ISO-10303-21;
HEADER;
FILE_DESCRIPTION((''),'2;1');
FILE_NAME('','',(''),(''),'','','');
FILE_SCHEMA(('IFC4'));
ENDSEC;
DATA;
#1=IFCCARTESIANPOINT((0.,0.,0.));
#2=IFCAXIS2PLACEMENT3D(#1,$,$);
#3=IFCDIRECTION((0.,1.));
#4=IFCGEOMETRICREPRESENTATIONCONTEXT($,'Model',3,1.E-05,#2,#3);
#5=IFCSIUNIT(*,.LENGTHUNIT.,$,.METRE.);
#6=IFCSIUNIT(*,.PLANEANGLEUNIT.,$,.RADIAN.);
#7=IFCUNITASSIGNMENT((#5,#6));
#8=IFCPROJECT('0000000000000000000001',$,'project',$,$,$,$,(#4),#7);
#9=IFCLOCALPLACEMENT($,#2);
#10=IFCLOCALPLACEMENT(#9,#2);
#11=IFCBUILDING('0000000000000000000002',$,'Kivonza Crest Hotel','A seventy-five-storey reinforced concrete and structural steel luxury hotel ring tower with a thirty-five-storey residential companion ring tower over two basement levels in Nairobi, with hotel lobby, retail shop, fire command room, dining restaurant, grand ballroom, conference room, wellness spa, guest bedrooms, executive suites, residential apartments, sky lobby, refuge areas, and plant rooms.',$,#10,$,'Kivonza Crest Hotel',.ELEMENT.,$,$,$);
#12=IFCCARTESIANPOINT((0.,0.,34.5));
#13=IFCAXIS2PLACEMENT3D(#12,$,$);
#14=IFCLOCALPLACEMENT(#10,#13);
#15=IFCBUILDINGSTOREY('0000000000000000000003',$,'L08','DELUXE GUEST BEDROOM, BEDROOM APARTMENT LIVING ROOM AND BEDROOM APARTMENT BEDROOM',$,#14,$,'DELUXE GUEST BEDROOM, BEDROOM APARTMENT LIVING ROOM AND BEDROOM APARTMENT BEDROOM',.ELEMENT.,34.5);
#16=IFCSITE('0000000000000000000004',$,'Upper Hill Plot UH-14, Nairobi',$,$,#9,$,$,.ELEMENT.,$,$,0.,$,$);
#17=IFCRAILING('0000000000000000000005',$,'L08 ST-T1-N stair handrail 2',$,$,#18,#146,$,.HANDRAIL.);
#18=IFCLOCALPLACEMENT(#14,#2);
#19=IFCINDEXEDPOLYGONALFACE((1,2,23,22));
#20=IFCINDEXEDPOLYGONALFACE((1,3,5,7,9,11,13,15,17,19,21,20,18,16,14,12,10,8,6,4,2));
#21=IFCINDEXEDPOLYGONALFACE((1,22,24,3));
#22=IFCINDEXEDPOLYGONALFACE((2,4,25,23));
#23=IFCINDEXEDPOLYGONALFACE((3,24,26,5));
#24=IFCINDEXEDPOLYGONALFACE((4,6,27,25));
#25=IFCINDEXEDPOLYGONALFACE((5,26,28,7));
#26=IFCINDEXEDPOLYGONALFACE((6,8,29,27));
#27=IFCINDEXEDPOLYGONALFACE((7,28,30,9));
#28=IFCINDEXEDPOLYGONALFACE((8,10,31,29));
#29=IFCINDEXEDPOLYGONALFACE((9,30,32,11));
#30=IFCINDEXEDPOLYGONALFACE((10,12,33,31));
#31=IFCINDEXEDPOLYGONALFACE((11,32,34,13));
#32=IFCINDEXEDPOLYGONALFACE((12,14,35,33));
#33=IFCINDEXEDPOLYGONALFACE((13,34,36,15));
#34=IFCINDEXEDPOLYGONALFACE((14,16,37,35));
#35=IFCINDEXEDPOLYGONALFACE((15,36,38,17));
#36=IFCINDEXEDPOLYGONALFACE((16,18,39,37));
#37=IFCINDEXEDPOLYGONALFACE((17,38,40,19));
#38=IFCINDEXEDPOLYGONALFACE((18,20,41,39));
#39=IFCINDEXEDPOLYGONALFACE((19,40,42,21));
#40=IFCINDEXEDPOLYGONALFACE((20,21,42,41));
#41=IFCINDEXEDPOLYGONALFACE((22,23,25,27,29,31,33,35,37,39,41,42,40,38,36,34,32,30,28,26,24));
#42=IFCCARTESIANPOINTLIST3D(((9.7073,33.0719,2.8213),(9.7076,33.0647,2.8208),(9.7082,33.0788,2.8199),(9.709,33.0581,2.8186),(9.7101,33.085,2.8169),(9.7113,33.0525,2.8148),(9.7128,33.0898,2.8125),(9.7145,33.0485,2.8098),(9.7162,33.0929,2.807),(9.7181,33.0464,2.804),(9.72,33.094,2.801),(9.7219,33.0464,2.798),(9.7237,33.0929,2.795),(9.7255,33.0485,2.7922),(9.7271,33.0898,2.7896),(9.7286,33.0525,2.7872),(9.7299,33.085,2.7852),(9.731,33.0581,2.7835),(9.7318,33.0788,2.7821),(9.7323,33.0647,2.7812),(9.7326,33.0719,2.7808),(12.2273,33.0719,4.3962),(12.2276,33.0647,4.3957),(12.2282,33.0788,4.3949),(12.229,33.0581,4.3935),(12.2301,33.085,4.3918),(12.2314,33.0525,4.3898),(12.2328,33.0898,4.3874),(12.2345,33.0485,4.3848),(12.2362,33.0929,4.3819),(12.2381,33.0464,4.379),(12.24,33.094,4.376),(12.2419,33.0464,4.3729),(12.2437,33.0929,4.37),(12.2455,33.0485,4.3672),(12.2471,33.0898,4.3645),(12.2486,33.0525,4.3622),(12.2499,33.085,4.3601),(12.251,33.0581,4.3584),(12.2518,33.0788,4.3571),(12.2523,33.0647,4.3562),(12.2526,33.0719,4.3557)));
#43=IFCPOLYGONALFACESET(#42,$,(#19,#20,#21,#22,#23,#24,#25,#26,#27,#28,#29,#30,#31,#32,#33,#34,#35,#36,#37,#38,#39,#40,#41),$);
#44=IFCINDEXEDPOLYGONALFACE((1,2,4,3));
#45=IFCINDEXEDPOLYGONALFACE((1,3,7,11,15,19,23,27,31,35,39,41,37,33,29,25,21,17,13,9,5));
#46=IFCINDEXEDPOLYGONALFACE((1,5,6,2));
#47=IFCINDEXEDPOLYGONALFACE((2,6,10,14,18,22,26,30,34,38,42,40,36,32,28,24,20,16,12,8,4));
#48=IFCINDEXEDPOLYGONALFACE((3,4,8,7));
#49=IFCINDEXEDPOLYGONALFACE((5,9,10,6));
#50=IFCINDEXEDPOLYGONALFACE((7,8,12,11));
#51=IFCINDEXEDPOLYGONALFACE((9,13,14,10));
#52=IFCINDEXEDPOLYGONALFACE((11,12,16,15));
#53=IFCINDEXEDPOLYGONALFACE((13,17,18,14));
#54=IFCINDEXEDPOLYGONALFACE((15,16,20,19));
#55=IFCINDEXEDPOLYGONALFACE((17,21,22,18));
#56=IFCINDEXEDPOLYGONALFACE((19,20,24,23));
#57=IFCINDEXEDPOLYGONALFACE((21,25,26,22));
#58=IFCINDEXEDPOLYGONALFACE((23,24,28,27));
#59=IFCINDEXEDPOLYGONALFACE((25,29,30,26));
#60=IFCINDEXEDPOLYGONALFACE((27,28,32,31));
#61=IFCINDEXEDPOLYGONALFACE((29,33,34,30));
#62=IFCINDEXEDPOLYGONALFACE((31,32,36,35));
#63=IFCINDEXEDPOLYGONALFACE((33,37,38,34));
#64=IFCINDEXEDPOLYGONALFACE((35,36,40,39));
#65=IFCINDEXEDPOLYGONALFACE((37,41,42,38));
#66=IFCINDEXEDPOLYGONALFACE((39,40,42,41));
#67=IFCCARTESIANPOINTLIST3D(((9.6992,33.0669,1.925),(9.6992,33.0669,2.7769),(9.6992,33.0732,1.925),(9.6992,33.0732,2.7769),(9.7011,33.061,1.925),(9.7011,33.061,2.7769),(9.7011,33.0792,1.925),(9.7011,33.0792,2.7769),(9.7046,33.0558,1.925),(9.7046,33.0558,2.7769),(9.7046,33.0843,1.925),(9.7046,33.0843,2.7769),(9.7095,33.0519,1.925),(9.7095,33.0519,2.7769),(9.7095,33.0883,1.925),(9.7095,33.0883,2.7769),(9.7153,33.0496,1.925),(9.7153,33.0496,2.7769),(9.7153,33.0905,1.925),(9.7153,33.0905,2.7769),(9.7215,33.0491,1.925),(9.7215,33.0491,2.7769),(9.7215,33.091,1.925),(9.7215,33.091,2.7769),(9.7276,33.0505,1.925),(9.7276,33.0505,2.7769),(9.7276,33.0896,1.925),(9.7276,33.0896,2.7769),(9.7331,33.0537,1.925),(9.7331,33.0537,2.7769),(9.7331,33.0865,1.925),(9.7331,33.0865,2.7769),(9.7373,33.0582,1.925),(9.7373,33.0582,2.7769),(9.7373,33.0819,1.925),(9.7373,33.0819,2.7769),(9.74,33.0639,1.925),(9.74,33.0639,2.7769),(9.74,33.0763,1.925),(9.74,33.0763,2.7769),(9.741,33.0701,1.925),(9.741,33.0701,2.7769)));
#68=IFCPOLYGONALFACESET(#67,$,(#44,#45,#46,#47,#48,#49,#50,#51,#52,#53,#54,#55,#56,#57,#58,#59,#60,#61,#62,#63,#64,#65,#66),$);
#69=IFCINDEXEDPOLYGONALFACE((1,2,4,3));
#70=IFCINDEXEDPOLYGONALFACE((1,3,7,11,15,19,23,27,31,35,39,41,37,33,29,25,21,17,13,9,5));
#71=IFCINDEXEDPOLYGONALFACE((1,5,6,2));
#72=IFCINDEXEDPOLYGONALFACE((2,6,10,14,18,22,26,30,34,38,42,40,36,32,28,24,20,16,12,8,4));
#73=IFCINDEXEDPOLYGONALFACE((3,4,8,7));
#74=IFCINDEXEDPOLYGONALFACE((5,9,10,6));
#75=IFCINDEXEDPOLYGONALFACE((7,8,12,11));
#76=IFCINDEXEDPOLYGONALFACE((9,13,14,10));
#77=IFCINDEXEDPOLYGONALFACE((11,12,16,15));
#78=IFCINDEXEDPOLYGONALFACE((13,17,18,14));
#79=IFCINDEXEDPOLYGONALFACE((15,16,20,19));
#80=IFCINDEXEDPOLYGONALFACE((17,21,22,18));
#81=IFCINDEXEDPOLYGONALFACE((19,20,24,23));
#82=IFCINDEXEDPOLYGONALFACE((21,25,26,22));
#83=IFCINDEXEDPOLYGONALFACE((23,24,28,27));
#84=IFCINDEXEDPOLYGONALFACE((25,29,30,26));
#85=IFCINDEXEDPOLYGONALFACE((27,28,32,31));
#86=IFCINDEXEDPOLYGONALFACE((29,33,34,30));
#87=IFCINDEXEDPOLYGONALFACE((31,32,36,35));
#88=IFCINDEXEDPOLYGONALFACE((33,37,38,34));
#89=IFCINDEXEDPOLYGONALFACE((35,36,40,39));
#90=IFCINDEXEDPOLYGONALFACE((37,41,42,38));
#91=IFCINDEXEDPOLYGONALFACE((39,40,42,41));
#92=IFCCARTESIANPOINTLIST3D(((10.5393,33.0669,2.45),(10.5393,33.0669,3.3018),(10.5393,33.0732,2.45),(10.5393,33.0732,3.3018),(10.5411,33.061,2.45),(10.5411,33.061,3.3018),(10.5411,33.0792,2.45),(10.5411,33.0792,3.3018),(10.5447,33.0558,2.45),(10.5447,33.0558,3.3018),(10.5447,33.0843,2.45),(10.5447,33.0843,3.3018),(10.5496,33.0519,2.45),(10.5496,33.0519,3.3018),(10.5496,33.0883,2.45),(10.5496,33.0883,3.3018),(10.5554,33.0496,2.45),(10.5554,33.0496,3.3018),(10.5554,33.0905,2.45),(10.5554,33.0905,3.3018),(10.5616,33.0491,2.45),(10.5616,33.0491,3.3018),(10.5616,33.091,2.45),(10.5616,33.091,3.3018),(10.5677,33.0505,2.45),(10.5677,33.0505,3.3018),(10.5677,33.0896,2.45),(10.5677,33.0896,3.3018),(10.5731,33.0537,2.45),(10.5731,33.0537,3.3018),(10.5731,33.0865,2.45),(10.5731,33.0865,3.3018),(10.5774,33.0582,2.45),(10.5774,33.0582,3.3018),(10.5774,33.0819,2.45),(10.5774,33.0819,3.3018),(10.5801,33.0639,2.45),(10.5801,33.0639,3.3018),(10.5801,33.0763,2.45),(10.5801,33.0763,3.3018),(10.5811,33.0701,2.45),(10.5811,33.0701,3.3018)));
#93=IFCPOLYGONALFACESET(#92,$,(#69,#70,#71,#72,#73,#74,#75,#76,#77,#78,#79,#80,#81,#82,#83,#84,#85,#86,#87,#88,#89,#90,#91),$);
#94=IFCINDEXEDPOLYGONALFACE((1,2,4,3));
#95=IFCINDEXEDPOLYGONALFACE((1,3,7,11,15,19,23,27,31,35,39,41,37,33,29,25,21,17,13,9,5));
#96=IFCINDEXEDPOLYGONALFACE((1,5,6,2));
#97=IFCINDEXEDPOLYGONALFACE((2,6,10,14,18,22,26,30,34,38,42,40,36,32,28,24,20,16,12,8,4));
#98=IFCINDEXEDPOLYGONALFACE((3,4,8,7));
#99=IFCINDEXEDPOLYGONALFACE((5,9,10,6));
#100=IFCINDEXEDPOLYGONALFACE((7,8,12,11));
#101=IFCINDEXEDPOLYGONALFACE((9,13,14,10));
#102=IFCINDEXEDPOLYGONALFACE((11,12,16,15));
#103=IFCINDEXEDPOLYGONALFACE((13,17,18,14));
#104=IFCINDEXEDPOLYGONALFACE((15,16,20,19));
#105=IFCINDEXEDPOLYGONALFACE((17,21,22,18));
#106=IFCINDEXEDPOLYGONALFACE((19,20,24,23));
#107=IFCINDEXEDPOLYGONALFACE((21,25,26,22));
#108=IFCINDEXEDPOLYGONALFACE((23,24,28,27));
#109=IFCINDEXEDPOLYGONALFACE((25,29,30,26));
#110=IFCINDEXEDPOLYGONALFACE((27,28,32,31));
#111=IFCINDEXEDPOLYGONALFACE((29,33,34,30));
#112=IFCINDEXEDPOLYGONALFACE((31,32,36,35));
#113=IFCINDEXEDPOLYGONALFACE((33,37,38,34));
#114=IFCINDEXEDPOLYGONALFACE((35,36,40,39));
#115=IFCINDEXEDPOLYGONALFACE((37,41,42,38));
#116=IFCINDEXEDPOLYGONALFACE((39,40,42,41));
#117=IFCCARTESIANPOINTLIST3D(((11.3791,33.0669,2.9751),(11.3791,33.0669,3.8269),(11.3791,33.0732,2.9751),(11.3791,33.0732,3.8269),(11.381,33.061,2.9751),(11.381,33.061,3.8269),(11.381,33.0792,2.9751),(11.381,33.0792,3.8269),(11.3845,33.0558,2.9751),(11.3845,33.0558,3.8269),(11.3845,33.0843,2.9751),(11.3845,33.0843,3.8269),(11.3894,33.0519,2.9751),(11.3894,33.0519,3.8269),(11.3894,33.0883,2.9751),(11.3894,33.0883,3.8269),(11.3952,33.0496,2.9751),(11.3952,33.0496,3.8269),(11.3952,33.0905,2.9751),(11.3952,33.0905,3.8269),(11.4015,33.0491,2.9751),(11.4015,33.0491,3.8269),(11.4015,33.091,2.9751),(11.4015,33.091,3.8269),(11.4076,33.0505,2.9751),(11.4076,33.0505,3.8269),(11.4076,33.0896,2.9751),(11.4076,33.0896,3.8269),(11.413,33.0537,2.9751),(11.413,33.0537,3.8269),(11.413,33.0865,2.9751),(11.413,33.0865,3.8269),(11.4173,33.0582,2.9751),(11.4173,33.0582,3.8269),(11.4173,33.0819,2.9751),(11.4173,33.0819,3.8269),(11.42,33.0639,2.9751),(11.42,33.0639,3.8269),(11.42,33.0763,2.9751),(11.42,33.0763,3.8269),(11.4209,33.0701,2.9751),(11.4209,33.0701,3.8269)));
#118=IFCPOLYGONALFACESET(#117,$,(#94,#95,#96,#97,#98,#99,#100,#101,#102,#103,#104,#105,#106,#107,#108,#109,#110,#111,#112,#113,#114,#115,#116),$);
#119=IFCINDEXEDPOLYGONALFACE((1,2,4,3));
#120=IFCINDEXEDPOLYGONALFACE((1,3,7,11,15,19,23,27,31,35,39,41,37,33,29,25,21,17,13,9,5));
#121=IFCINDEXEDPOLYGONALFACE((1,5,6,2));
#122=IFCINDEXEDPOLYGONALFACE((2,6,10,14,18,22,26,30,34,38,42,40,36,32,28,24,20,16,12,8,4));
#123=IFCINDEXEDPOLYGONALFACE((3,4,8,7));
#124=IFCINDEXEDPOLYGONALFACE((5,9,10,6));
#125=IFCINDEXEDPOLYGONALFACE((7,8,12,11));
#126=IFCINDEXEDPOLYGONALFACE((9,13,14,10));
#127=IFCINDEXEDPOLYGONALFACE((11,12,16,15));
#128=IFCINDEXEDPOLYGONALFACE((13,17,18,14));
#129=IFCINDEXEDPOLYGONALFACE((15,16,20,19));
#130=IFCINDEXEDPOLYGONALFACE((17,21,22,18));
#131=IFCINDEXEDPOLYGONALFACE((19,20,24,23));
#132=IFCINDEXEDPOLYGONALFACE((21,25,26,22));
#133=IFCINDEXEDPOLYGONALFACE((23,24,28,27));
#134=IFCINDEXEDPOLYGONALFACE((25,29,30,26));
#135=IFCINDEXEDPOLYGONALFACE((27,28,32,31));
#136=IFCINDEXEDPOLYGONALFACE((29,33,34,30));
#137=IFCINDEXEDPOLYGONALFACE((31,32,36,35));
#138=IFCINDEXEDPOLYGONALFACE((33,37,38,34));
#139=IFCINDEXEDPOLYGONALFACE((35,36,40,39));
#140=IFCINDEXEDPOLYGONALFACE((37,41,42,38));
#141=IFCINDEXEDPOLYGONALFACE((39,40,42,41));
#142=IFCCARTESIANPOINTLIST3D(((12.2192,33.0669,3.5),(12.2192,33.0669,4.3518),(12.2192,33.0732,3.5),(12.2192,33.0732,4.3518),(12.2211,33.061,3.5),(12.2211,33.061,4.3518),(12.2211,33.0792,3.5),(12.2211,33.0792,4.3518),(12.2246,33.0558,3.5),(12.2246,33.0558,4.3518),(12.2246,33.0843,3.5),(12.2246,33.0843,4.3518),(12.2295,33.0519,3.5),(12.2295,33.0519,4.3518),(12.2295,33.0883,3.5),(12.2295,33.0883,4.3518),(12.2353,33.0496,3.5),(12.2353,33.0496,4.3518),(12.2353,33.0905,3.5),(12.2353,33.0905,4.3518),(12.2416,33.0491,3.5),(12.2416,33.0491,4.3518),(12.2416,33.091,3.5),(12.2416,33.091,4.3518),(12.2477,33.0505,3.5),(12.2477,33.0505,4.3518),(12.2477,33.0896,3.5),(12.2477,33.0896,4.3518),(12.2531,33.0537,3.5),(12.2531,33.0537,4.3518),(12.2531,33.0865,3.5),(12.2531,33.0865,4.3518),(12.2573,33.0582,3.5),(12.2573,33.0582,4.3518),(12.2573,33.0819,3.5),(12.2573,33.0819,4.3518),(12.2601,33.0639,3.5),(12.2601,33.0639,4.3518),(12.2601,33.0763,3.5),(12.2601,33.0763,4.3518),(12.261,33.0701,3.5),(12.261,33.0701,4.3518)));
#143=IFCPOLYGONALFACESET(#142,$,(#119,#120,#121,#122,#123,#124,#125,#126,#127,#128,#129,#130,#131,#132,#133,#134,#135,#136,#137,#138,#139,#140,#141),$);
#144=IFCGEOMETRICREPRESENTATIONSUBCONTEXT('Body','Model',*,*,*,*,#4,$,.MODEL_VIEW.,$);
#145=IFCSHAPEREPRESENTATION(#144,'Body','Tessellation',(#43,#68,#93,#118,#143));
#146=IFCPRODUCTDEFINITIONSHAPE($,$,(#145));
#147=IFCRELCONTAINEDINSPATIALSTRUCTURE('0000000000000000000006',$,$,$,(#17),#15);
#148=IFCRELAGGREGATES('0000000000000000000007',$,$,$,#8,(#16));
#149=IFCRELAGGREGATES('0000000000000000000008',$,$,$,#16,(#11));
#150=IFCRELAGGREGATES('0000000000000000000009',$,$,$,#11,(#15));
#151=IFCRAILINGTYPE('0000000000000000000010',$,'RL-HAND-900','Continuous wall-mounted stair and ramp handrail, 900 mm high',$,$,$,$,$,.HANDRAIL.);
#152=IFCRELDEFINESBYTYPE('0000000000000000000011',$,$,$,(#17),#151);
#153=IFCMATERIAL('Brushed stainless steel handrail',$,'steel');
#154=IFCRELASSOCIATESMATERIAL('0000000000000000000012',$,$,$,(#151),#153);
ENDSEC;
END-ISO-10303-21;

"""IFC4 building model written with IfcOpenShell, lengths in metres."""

from ifc_helpers import new_model, si_unit, direction, frame, origin, origin_2d, place, context, subcontext, project, spatial, circle, extrude, material, type_object, element, save


model = new_model("IFC4")

# Units and contexts
model_context = context("Model", 3, precision=1e-05, world=origin(), true_north=direction((0.0, 1.0)))
body_context = subcontext(model_context, "Body", "Model", "MODEL_VIEW")
ifc_project = project(units=[si_unit("LENGTHUNIT", "METRE"), si_unit("PLANEANGLEUNIT", "RADIAN")], contexts=[model_context])

# Site, building, storey
site_placement = place(None, origin())
site = spatial("IfcSite", under=ifc_project, at=site_placement, Name="Upper Hill Plot UH-14, Nairobi", CompositionType="ELEMENT", RefElevation=0.0)
building_placement = place(site_placement, origin())
building = spatial("IfcBuilding", under=site, at=building_placement, Name="Kivonza Crest Hotel", Description="A seventy-five-storey reinforced concrete and structural steel luxury hotel ring tower with a thirty-five-storey residential companion ring tower over two basement levels in Nairobi, with hotel lobby, retail shop, fire command room, dining restaurant, grand ballroom, conference room, wellness spa, guest bedrooms, executive suites, residential apartments, sky lobby, refuge areas, and plant rooms.", LongName="Kivonza Crest Hotel", CompositionType="ELEMENT")
storey_placement = place(building_placement, frame((0.0, 0.0, 34.5)))
storey = spatial("IfcBuildingStorey", under=building, at=storey_placement, Name="L08", Description="DELUXE GUEST BEDROOM, BEDROOM APARTMENT LIVING ROOM AND BEDROOM APARTMENT BEDROOM", LongName="DELUXE GUEST BEDROOM, BEDROOM APARTMENT LIVING ROOM AND BEDROOM APARTMENT BEDROOM", CompositionType="ELEMENT", Elevation=34.5)

# Railing
ifc_material_1 = material(Name="Brushed stainless steel handrail", Category="steel")
railing_type = type_object("IfcRailingType", Name="RL-HAND-900", Description="Continuous wall-mounted stair and ramp handrail, 900 mm high", PredefinedType="HANDRAIL", material=ifc_material_1)
railing_placement = place(storey_placement, frame((9.72, 33.0701, 1.925)))
element("IfcRailing", 1, at=railing_placement, inside=storey, type_object=railing_type, Name="L08 ST-T1-N stair handrail 2", PredefinedType="HANDRAIL", context=body_context, shape_type="SweptSolid", body=[
    extrude(circle(Radius=0.0239, at=origin_2d()), frame((0.0, 0.0, 0.876), z_axis=(0.848008, 0.0, 0.529984), x_axis=(0.0, 1.0, 0.0)), (0.0, 0.0, 1.0), 2.9717),
    extrude(circle(Radius=0.021, at=origin_2d()), origin(), (0.0, 0.0, 1.0), 0.8518),
    extrude(circle(Radius=0.021, at=origin_2d()), frame((0.8401, 0.0, 0.5249)), (0.0, 0.0, 1.0), 0.8518),
    extrude(circle(Radius=0.021, at=origin_2d()), frame((1.6799, 0.0, 1.05)), (0.0, 0.0, 1.0), 0.8518),
    extrude(circle(Radius=0.021, at=origin_2d()), frame((2.52, 0.0, 1.575)), (0.0, 0.0, 1.0), 0.8518),
])

save(model, "model.ifc")
